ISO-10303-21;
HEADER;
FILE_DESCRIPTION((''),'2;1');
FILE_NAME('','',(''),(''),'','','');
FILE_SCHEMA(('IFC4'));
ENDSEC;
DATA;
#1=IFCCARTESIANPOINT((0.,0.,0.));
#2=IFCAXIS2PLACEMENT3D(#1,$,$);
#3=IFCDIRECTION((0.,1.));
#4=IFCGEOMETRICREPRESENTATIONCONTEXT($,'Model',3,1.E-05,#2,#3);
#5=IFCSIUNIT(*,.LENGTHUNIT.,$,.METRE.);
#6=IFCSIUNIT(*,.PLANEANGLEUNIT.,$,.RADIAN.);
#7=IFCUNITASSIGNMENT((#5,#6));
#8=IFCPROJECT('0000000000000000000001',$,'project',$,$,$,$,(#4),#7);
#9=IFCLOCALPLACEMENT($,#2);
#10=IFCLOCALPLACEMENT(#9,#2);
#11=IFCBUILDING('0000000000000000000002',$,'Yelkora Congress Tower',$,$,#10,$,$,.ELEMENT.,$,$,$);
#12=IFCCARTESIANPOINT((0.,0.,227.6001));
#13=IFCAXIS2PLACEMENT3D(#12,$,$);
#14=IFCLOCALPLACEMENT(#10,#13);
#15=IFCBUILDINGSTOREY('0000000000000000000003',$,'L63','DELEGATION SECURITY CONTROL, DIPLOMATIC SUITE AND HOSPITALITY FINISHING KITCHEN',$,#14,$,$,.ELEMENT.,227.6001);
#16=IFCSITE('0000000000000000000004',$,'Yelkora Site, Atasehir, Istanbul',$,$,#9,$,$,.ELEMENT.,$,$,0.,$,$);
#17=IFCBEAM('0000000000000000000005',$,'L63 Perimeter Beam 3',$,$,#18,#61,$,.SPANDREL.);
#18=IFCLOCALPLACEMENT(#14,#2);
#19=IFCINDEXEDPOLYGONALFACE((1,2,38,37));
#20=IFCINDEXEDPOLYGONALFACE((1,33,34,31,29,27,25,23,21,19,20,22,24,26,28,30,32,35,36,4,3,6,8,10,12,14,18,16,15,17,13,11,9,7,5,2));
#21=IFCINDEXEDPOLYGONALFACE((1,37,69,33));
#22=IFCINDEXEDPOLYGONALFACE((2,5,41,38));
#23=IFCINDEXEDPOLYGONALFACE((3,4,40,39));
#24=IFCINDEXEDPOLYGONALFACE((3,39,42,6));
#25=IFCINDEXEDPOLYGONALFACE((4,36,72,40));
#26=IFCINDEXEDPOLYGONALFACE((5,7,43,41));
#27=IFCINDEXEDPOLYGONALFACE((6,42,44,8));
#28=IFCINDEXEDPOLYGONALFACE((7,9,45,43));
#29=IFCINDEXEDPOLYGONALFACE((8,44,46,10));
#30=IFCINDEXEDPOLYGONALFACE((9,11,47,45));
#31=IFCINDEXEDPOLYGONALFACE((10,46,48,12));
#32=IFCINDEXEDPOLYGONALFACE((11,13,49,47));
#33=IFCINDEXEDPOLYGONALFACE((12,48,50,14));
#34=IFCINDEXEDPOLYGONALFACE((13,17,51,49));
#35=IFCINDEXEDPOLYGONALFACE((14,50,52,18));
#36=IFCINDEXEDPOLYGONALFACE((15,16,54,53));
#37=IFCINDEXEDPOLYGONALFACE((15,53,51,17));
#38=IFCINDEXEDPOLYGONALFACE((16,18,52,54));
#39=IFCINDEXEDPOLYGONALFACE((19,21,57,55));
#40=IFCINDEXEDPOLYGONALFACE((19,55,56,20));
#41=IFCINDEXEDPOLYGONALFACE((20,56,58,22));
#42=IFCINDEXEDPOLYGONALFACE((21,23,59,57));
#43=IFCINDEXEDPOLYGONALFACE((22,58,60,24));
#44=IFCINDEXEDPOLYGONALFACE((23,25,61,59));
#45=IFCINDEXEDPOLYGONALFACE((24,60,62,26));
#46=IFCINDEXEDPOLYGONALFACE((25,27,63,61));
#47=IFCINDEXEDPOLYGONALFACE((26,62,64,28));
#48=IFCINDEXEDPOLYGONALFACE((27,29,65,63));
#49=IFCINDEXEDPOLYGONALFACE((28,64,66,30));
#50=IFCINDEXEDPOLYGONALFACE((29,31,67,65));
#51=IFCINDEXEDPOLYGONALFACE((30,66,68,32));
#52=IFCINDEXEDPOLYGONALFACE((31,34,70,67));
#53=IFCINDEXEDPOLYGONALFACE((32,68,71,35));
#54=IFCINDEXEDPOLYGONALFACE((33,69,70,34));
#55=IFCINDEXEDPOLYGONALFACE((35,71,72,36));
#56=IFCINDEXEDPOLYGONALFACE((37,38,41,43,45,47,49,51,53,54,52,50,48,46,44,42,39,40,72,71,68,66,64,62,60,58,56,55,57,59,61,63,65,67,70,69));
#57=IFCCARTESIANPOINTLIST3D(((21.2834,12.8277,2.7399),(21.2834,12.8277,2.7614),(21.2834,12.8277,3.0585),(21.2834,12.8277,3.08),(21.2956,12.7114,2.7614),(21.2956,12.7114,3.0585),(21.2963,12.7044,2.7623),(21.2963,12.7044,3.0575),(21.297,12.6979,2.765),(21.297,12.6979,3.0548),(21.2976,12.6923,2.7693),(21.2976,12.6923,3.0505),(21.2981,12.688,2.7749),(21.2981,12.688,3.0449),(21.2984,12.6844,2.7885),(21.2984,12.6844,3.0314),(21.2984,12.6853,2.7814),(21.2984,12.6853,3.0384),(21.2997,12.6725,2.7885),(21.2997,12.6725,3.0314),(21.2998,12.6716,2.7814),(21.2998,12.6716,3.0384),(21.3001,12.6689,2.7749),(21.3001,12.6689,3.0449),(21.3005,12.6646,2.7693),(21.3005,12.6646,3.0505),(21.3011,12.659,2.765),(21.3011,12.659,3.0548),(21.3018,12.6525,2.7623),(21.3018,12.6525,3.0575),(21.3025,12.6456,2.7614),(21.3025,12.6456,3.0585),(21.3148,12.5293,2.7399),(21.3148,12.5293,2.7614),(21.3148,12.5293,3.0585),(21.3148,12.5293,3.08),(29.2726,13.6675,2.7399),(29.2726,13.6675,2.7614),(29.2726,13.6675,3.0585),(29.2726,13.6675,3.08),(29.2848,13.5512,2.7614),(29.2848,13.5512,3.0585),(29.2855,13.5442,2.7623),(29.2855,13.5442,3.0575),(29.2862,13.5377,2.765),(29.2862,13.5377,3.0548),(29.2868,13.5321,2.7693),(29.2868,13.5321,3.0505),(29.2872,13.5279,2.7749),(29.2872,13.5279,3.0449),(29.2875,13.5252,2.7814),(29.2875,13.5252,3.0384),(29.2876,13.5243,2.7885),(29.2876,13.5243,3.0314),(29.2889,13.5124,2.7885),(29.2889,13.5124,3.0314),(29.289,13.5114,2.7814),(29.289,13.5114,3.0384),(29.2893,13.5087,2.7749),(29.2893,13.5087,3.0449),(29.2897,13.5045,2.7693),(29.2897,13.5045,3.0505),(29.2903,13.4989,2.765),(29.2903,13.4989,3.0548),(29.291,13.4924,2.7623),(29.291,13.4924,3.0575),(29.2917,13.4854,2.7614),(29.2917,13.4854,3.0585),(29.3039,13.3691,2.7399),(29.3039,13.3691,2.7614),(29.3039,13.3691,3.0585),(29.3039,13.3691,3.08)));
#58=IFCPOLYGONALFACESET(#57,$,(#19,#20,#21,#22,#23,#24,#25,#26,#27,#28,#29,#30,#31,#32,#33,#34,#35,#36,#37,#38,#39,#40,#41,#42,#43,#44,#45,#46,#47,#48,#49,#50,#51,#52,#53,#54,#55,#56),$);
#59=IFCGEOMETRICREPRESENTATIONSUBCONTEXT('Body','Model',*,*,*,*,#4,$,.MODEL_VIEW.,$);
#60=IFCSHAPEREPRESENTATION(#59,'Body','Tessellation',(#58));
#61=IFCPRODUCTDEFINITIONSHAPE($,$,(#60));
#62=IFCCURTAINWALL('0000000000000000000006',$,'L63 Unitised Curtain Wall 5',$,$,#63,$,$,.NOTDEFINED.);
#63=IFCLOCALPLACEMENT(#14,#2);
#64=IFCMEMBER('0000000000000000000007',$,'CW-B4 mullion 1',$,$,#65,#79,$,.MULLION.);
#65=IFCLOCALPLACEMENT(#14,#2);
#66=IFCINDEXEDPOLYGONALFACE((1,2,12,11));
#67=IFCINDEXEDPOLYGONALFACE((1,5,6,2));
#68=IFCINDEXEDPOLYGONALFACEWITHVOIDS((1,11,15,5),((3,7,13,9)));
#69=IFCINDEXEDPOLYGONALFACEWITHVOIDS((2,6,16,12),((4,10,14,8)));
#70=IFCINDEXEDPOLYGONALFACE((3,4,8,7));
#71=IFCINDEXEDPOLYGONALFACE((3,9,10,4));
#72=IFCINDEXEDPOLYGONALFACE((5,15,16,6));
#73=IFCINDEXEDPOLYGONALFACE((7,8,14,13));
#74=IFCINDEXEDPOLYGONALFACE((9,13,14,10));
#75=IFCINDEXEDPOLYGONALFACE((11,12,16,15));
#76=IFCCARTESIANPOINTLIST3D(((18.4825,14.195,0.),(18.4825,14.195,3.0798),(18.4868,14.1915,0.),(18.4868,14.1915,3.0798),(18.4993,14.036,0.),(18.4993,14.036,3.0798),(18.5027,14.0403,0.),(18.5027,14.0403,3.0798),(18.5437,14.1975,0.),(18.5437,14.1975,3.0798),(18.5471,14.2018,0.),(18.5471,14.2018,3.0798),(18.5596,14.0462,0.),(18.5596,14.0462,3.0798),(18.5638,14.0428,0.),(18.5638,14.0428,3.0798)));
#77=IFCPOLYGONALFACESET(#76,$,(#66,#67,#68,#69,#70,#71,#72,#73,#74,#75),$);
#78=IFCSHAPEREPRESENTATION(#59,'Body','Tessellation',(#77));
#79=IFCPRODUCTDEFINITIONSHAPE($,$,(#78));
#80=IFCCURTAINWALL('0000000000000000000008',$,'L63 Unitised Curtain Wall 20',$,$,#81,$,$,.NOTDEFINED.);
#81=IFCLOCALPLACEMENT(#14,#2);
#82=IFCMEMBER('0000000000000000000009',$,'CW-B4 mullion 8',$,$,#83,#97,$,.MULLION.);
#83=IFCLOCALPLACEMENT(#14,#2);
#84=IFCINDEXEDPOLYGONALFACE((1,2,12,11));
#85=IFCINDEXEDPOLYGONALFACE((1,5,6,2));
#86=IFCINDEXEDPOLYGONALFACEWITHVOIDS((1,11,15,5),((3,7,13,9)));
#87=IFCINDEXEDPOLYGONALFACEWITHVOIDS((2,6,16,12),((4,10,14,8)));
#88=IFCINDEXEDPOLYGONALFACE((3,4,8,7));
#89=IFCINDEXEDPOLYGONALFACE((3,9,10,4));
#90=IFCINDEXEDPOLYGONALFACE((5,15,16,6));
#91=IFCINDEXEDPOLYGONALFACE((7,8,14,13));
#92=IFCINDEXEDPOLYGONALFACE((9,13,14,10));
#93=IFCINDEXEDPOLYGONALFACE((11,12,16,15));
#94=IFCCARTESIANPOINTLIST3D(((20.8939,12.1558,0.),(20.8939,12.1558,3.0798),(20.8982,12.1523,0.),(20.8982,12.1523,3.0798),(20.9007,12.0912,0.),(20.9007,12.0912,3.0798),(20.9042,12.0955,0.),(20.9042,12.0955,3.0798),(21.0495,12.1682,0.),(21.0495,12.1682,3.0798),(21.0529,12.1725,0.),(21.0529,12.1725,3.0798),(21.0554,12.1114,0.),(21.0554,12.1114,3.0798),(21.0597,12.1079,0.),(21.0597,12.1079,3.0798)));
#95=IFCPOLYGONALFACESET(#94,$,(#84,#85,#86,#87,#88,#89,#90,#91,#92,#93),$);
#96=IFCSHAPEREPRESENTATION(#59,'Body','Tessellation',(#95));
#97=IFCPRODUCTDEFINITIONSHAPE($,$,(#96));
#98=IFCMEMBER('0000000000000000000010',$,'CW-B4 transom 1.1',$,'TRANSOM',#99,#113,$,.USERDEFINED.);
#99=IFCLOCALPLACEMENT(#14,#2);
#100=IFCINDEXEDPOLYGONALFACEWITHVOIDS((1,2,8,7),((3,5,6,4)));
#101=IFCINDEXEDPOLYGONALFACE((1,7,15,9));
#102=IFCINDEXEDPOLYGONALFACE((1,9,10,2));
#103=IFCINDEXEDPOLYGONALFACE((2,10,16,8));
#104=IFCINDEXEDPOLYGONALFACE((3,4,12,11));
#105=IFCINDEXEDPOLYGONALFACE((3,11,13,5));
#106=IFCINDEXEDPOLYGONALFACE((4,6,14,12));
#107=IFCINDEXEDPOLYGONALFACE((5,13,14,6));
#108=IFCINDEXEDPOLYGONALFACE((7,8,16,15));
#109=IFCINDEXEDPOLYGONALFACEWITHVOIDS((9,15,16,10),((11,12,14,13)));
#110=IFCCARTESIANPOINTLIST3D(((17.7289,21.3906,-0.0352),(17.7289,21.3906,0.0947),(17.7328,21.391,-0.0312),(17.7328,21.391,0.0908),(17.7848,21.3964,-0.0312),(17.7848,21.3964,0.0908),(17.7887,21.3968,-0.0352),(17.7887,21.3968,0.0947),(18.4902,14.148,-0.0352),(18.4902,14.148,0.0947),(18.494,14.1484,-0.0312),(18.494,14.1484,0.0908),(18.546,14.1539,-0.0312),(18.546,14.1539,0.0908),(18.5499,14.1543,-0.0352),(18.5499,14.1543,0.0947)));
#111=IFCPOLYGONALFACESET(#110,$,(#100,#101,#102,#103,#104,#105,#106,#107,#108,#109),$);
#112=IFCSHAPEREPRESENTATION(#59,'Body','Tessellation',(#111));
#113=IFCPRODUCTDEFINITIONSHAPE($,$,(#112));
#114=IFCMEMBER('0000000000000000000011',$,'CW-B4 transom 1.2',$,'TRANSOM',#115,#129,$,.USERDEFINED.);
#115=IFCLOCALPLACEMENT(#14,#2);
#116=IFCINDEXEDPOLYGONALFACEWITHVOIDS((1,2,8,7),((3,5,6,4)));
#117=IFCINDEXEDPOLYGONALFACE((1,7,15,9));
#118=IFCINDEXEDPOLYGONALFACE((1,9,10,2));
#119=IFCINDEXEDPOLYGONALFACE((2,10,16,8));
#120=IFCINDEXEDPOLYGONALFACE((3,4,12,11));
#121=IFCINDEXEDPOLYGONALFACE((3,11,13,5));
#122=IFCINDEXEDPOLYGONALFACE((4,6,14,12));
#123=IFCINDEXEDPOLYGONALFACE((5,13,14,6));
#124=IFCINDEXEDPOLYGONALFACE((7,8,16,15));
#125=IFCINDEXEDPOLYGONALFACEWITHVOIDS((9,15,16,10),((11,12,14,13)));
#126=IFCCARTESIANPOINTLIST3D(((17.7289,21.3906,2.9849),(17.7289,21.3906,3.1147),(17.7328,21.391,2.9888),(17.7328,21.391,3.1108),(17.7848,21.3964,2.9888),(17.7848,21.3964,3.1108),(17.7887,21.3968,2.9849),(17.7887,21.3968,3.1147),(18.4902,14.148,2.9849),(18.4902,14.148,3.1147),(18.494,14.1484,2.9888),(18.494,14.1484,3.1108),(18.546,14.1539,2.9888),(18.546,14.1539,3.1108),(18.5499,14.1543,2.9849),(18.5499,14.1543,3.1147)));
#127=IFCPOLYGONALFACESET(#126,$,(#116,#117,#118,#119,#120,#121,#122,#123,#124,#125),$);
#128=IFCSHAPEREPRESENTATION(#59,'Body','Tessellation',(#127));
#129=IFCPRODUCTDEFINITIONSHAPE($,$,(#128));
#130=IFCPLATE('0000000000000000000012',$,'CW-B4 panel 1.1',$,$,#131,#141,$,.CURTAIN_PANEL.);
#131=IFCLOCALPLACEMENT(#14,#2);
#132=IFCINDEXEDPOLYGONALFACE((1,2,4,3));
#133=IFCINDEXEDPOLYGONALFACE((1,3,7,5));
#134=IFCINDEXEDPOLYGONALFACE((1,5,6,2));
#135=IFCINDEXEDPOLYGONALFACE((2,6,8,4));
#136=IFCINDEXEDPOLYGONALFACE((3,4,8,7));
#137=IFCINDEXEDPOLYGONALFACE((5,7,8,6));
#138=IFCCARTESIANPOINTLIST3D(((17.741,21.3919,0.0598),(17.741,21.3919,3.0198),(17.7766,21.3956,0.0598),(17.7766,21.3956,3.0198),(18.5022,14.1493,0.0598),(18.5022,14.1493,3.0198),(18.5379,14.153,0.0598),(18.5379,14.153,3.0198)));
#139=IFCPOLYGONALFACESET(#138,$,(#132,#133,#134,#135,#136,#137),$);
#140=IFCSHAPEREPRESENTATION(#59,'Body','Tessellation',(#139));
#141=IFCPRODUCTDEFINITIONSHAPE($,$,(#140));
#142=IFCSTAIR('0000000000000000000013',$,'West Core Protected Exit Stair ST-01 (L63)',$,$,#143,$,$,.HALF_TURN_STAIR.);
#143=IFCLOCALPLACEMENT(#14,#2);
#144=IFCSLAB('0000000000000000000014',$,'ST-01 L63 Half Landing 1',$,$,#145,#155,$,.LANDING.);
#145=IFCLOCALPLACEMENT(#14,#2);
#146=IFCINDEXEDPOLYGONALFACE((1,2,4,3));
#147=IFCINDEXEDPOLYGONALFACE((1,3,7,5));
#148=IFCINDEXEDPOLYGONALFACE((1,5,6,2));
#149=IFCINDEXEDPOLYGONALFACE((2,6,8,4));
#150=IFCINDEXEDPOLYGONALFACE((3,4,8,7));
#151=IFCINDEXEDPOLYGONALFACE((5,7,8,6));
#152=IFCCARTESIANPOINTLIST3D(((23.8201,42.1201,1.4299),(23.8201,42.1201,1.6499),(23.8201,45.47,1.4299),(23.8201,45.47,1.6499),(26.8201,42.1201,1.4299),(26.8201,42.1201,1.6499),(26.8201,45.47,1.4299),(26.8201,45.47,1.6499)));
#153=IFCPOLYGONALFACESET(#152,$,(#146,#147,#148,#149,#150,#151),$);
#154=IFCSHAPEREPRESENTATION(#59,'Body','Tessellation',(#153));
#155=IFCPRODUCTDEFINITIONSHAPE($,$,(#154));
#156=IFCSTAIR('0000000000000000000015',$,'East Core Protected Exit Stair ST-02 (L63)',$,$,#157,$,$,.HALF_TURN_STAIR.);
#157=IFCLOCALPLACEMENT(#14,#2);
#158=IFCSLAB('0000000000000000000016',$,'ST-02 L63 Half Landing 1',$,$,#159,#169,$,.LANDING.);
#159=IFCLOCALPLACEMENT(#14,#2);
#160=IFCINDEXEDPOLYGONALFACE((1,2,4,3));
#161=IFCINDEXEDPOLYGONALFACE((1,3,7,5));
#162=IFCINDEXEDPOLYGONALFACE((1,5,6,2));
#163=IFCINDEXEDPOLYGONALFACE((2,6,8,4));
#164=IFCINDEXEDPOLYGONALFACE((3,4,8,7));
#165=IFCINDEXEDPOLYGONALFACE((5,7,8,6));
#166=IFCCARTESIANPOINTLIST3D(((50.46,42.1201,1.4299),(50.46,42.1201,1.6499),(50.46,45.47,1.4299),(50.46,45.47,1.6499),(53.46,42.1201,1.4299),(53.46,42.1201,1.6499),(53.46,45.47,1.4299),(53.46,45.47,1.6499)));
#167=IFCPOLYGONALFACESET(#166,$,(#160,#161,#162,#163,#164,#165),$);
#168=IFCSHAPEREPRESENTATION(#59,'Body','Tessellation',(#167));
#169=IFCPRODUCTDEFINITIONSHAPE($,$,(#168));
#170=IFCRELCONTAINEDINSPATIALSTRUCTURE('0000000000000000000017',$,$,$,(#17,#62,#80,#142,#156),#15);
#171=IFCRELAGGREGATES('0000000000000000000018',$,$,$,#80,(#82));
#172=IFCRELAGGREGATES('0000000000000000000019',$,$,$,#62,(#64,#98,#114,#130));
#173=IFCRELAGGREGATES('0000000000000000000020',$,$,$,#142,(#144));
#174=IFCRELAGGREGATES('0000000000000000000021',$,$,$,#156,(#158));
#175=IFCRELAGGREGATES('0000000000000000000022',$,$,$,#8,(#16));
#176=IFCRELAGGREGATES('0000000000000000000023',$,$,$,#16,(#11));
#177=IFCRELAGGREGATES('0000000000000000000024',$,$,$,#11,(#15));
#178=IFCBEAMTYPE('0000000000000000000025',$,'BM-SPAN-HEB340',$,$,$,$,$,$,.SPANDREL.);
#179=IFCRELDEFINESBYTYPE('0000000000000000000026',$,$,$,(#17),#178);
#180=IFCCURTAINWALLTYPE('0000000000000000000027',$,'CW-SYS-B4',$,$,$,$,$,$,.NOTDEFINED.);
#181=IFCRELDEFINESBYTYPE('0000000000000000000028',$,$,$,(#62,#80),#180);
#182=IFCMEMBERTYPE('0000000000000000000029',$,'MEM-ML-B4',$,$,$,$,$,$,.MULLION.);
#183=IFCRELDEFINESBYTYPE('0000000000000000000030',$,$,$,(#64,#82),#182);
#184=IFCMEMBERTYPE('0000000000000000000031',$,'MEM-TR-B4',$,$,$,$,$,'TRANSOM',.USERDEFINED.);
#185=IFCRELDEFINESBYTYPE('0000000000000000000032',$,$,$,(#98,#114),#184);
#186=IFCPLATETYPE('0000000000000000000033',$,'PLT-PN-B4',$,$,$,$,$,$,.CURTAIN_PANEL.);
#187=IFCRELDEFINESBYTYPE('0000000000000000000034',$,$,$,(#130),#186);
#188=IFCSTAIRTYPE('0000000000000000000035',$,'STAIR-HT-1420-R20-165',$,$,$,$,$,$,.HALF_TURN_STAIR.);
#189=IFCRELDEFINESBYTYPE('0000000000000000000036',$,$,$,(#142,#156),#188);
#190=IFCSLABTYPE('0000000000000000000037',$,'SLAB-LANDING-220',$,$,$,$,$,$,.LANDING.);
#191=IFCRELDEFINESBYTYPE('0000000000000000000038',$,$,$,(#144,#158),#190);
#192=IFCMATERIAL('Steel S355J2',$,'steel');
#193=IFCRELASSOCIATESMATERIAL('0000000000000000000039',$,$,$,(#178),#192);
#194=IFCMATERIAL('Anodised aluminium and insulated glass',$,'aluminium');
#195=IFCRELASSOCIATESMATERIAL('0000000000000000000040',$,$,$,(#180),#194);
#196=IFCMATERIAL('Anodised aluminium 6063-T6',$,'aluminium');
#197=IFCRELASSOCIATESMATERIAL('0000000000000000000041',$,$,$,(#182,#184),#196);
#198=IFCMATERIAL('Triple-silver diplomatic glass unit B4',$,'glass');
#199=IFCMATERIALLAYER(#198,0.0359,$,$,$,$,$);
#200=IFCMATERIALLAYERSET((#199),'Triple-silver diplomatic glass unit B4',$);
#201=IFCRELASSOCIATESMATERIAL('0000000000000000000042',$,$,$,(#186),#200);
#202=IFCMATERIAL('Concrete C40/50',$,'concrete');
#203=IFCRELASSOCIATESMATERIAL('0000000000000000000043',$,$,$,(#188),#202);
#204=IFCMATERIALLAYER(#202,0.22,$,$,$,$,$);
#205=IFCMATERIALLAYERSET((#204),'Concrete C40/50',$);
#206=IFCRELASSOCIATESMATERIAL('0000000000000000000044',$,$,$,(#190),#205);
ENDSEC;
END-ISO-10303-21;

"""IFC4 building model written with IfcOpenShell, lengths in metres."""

from ifc_helpers import new_model, si_unit, direction, frame, origin, origin_2d, place, context, subcontext, project, spatial, polyline, rectangle, hollow_rectangle, i_section, outline, extrude, material, layer, layer_set, material_profile, profile_set, type_object, element, aggregate, save


model = new_model("IFC4")

# Units and contexts
model_context = context("Model", 3, precision=1e-05, world=origin(), true_north=direction((0.0, 1.0)))
body_context = subcontext(model_context, "Body", "Model", "MODEL_VIEW")
ifc_project = project(units=[si_unit("LENGTHUNIT", "METRE"), si_unit("PLANEANGLEUNIT", "RADIAN")], contexts=[model_context])

# Site, building, storey
site_placement = place(None, origin())
site = spatial("IfcSite", under=ifc_project, at=site_placement, Name="Yelkora Site, Atasehir, Istanbul", CompositionType="ELEMENT", RefElevation=0.0)
building_placement = place(site_placement, origin())
building = spatial("IfcBuilding", under=site, at=building_placement, Name="Yelkora Congress Tower", CompositionType="ELEMENT")
storey_placement = place(building_placement, frame((0.0, 0.0, 227.6001)))
storey = spatial("IfcBuildingStorey", under=building, at=storey_placement, Name="L63", Description="DELEGATION SECURITY CONTROL, DIPLOMATIC SUITE AND HOSPITALITY FINISHING KITCHEN", CompositionType="ELEMENT", Elevation=227.6001)

# Shared definitions
ifc_material_1 = material(Name="Steel S355J2", Category="steel")

# Beam
ifc_material_profile_1 = material_profile(ifc_material_1, i_section(OverallWidth=0.3, OverallDepth=0.3401, WebThickness=0.012, FlangeThickness=0.0215, FilletRadius=0.0271, at=origin_2d()), Name="HEB 340")
ifc_profile_set_1 = profile_set([ifc_material_profile_1], Name="Steel S355J2")
beam_type_1 = type_object("IfcBeamType", Name="BM-SPAN-HEB340", PredefinedType="SPANDREL", material=ifc_profile_set_1)
beam_1_placement = place(storey_placement, frame((21.2991, 12.6785, 2.9099), z_axis=(0.99452, 0.104546, 0.0), x_axis=(-0.104546, 0.99452, 0.0)))
element("IfcBeam", 1, at=beam_1_placement, inside=storey, type_object=beam_type_1, Name="L63 Perimeter Beam 3", PredefinedType="SPANDREL", context=body_context, shape_type="SweptSolid", body=[
    extrude(i_section(OverallWidth=0.3, OverallDepth=0.3401, WebThickness=0.012, FlangeThickness=0.0215, FilletRadius=0.0271, at=origin_2d()), origin(), (0.0, 0.0, 1.0), 8.0332),
])

# Curtain walls, members
ifc_material_2 = material(Name="Anodised aluminium and insulated glass", Category="aluminium")
curtain_wall_type = type_object("IfcCurtainWallType", Name="CW-SYS-B4", PredefinedType="NOTDEFINED", material=ifc_material_2)
curtain_wall_1_placement = place(storey_placement, origin())
curtain_wall_1 = element("IfcCurtainWall", 2, at=curtain_wall_1_placement, inside=storey, type_object=curtain_wall_type, Name="L63 Unitised Curtain Wall 5", PredefinedType="NOTDEFINED")
ifc_material_3 = material(Name="Anodised aluminium 6063-T6", Category="aluminium")
ifc_material_profile_2 = material_profile(ifc_material_3, hollow_rectangle(XDim=0.0649, YDim=0.1599, WallThickness=0.0039, at=origin_2d()), Name="ALU 65x160x4")
ifc_profile_set_2 = profile_set([ifc_material_profile_2], Name="Anodised aluminium 6063-T6")
member_type_1 = type_object("IfcMemberType", Name="MEM-ML-B4", PredefinedType="MULLION", material=ifc_profile_set_2)
member_1_placement = place(storey_placement, frame((18.5232, 14.1189, 0.0), z_axis=(0.0, 0.0, 1.0), x_axis=(-0.994522, -0.104526, 0.0)))
member_1 = element("IfcMember", 3, at=member_1_placement, type_object=member_type_1, Name="CW-B4 mullion 1", PredefinedType="MULLION", context=body_context, shape_type="SweptSolid", body=[
    extrude(hollow_rectangle(XDim=0.0649, YDim=0.1599, WallThickness=0.0039, at=origin_2d()), origin(), (0.0, 0.0, 1.0), 3.0798),
])
curtain_wall_2_placement = place(storey_placement, origin())
curtain_wall_2 = element("IfcCurtainWall", 4, at=curtain_wall_2_placement, inside=storey, type_object=curtain_wall_type, Name="L63 Unitised Curtain Wall 20", PredefinedType="NOTDEFINED")
member_2_placement = place(storey_placement, frame((20.9768, 12.1318, 0.0), z_axis=(0.0, 0.0, 1.0), x_axis=(0.104527, -0.994522, 0.0)))
member_2 = element("IfcMember", 5, at=member_2_placement, type_object=member_type_1, Name="CW-B4 mullion 8", PredefinedType="MULLION", context=body_context, shape_type="SweptSolid", body=[
    extrude(hollow_rectangle(XDim=0.0649, YDim=0.1599, WallThickness=0.0039, at=origin_2d()), origin(), (0.0, 0.0, 1.0), 3.0798),
])
aggregate(curtain_wall_2, [member_2])

# Members
ifc_material_profile_3 = material_profile(ifc_material_3, hollow_rectangle(XDim=0.0601, YDim=0.1299, WallThickness=0.0039, at=origin_2d()), Name="ALU 60x130x4")
ifc_profile_set_3 = profile_set([ifc_material_profile_3], Name="Anodised aluminium 6063-T6")
member_type_2 = type_object("IfcMemberType", Name="MEM-TR-B4", ElementType="TRANSOM", PredefinedType="USERDEFINED", material=ifc_profile_set_3)
member_3_placement = place(storey_placement, frame((18.52, 14.1511, 0.0298), z_axis=(-0.104528, 0.994522, 0.0), x_axis=(-0.994522, -0.104528, 0.0)))
member_3 = element("IfcMember", 6, at=member_3_placement, type_object=member_type_2, Name="CW-B4 transom 1.1", ObjectType="TRANSOM", PredefinedType="USERDEFINED", context=body_context, shape_type="SweptSolid", body=[
    extrude(hollow_rectangle(XDim=0.0601, YDim=0.1299, WallThickness=0.0039, at=origin_2d()), origin(), (0.0, 0.0, 1.0), 7.2825),
])
member_4_placement = place(storey_placement, frame((18.52, 14.1511, 3.0498), z_axis=(-0.104528, 0.994522, 0.0), x_axis=(-0.994522, -0.104528, 0.0)))
member_4 = element("IfcMember", 7, at=member_4_placement, type_object=member_type_2, Name="CW-B4 transom 1.2", ObjectType="TRANSOM", PredefinedType="USERDEFINED", context=body_context, shape_type="SweptSolid", body=[
    extrude(hollow_rectangle(XDim=0.0601, YDim=0.1299, WallThickness=0.0039, at=origin_2d()), origin(), (0.0, 0.0, 1.0), 7.2825),
])

# Plate
ifc_material_4 = material(Name="Triple-silver diplomatic glass unit B4", Category="glass")
ifc_layer_1 = layer(ifc_material_4, 0.0359)
ifc_layer_set_1 = layer_set([ifc_layer_1], Name="Triple-silver diplomatic glass unit B4")
plate_type = type_object("IfcPlateType", Name="PLT-PN-B4", PredefinedType="CURTAIN_PANEL", material=ifc_layer_set_1)
plate_placement = place(storey_placement, frame((18.1394, 17.7725, 0.0598), z_axis=(0.0, 0.0, 1.0), x_axis=(-0.104526, 0.994522, 0.0)))
plate = element("IfcPlate", 8, at=plate_placement, type_object=plate_type, Name="CW-B4 panel 1.1", PredefinedType="CURTAIN_PANEL", context=body_context, shape_type="SweptSolid", body=[
    extrude(rectangle(XDim=7.2825, YDim=0.0359, at=origin_2d()), origin(), (0.0, 0.0, 1.0), 2.96),
])
aggregate(curtain_wall_1, [member_1, member_3, member_4, plate])

# Stairs, slabs
ifc_material_5 = material(Name="Concrete C40/50", Category="concrete")
stair_type = type_object("IfcStairType", Name="STAIR-HT-1420-R20-165", PredefinedType="HALF_TURN_STAIR", material=ifc_material_5)
stair_1_placement = place(storey_placement, origin())
stair_1 = element("IfcStair", 9, at=stair_1_placement, inside=storey, type_object=stair_type, Name="West Core Protected Exit Stair ST-01 (L63)", PredefinedType="HALF_TURN_STAIR")
ifc_layer_2 = layer(ifc_material_5, 0.22)
ifc_layer_set_2 = layer_set([ifc_layer_2], Name="Concrete C40/50")
slab_type_1 = type_object("IfcSlabType", Name="SLAB-LANDING-220", PredefinedType="LANDING", material=ifc_layer_set_2)
slab_1_placement = place(storey_placement, frame((0.0, 0.0, 1.4299)))
slab_1 = element("IfcSlab", 10, at=slab_1_placement, type_object=slab_type_1, Name="ST-01 L63 Half Landing 1", PredefinedType="LANDING", context=body_context, shape_type="SweptSolid", body=[
    extrude(outline(polyline([(26.8201, 42.1201), (26.8201, 45.47), (23.8201, 45.47), (23.8201, 42.1201), (26.8201, 42.1201)])), origin(), (0.0, 0.0, 1.0), 0.22),
])
aggregate(stair_1, [slab_1])
stair_2_placement = place(storey_placement, origin())
stair_2 = element("IfcStair", 11, at=stair_2_placement, inside=storey, type_object=stair_type, Name="East Core Protected Exit Stair ST-02 (L63)", PredefinedType="HALF_TURN_STAIR")
slab_2_placement = place(storey_placement, frame((0.0, 0.0, 1.4299)))
slab_2 = element("IfcSlab", 12, at=slab_2_placement, type_object=slab_type_1, Name="ST-02 L63 Half Landing 1", PredefinedType="LANDING", context=body_context, shape_type="SweptSolid", body=[
    extrude(outline(polyline([(53.46, 42.1201), (53.46, 45.47), (50.46, 45.47), (50.46, 42.1201), (53.46, 42.1201)])), origin(), (0.0, 0.0, 1.0), 0.22),
])
aggregate(stair_2, [slab_2])

save(model, "model.ifc")
